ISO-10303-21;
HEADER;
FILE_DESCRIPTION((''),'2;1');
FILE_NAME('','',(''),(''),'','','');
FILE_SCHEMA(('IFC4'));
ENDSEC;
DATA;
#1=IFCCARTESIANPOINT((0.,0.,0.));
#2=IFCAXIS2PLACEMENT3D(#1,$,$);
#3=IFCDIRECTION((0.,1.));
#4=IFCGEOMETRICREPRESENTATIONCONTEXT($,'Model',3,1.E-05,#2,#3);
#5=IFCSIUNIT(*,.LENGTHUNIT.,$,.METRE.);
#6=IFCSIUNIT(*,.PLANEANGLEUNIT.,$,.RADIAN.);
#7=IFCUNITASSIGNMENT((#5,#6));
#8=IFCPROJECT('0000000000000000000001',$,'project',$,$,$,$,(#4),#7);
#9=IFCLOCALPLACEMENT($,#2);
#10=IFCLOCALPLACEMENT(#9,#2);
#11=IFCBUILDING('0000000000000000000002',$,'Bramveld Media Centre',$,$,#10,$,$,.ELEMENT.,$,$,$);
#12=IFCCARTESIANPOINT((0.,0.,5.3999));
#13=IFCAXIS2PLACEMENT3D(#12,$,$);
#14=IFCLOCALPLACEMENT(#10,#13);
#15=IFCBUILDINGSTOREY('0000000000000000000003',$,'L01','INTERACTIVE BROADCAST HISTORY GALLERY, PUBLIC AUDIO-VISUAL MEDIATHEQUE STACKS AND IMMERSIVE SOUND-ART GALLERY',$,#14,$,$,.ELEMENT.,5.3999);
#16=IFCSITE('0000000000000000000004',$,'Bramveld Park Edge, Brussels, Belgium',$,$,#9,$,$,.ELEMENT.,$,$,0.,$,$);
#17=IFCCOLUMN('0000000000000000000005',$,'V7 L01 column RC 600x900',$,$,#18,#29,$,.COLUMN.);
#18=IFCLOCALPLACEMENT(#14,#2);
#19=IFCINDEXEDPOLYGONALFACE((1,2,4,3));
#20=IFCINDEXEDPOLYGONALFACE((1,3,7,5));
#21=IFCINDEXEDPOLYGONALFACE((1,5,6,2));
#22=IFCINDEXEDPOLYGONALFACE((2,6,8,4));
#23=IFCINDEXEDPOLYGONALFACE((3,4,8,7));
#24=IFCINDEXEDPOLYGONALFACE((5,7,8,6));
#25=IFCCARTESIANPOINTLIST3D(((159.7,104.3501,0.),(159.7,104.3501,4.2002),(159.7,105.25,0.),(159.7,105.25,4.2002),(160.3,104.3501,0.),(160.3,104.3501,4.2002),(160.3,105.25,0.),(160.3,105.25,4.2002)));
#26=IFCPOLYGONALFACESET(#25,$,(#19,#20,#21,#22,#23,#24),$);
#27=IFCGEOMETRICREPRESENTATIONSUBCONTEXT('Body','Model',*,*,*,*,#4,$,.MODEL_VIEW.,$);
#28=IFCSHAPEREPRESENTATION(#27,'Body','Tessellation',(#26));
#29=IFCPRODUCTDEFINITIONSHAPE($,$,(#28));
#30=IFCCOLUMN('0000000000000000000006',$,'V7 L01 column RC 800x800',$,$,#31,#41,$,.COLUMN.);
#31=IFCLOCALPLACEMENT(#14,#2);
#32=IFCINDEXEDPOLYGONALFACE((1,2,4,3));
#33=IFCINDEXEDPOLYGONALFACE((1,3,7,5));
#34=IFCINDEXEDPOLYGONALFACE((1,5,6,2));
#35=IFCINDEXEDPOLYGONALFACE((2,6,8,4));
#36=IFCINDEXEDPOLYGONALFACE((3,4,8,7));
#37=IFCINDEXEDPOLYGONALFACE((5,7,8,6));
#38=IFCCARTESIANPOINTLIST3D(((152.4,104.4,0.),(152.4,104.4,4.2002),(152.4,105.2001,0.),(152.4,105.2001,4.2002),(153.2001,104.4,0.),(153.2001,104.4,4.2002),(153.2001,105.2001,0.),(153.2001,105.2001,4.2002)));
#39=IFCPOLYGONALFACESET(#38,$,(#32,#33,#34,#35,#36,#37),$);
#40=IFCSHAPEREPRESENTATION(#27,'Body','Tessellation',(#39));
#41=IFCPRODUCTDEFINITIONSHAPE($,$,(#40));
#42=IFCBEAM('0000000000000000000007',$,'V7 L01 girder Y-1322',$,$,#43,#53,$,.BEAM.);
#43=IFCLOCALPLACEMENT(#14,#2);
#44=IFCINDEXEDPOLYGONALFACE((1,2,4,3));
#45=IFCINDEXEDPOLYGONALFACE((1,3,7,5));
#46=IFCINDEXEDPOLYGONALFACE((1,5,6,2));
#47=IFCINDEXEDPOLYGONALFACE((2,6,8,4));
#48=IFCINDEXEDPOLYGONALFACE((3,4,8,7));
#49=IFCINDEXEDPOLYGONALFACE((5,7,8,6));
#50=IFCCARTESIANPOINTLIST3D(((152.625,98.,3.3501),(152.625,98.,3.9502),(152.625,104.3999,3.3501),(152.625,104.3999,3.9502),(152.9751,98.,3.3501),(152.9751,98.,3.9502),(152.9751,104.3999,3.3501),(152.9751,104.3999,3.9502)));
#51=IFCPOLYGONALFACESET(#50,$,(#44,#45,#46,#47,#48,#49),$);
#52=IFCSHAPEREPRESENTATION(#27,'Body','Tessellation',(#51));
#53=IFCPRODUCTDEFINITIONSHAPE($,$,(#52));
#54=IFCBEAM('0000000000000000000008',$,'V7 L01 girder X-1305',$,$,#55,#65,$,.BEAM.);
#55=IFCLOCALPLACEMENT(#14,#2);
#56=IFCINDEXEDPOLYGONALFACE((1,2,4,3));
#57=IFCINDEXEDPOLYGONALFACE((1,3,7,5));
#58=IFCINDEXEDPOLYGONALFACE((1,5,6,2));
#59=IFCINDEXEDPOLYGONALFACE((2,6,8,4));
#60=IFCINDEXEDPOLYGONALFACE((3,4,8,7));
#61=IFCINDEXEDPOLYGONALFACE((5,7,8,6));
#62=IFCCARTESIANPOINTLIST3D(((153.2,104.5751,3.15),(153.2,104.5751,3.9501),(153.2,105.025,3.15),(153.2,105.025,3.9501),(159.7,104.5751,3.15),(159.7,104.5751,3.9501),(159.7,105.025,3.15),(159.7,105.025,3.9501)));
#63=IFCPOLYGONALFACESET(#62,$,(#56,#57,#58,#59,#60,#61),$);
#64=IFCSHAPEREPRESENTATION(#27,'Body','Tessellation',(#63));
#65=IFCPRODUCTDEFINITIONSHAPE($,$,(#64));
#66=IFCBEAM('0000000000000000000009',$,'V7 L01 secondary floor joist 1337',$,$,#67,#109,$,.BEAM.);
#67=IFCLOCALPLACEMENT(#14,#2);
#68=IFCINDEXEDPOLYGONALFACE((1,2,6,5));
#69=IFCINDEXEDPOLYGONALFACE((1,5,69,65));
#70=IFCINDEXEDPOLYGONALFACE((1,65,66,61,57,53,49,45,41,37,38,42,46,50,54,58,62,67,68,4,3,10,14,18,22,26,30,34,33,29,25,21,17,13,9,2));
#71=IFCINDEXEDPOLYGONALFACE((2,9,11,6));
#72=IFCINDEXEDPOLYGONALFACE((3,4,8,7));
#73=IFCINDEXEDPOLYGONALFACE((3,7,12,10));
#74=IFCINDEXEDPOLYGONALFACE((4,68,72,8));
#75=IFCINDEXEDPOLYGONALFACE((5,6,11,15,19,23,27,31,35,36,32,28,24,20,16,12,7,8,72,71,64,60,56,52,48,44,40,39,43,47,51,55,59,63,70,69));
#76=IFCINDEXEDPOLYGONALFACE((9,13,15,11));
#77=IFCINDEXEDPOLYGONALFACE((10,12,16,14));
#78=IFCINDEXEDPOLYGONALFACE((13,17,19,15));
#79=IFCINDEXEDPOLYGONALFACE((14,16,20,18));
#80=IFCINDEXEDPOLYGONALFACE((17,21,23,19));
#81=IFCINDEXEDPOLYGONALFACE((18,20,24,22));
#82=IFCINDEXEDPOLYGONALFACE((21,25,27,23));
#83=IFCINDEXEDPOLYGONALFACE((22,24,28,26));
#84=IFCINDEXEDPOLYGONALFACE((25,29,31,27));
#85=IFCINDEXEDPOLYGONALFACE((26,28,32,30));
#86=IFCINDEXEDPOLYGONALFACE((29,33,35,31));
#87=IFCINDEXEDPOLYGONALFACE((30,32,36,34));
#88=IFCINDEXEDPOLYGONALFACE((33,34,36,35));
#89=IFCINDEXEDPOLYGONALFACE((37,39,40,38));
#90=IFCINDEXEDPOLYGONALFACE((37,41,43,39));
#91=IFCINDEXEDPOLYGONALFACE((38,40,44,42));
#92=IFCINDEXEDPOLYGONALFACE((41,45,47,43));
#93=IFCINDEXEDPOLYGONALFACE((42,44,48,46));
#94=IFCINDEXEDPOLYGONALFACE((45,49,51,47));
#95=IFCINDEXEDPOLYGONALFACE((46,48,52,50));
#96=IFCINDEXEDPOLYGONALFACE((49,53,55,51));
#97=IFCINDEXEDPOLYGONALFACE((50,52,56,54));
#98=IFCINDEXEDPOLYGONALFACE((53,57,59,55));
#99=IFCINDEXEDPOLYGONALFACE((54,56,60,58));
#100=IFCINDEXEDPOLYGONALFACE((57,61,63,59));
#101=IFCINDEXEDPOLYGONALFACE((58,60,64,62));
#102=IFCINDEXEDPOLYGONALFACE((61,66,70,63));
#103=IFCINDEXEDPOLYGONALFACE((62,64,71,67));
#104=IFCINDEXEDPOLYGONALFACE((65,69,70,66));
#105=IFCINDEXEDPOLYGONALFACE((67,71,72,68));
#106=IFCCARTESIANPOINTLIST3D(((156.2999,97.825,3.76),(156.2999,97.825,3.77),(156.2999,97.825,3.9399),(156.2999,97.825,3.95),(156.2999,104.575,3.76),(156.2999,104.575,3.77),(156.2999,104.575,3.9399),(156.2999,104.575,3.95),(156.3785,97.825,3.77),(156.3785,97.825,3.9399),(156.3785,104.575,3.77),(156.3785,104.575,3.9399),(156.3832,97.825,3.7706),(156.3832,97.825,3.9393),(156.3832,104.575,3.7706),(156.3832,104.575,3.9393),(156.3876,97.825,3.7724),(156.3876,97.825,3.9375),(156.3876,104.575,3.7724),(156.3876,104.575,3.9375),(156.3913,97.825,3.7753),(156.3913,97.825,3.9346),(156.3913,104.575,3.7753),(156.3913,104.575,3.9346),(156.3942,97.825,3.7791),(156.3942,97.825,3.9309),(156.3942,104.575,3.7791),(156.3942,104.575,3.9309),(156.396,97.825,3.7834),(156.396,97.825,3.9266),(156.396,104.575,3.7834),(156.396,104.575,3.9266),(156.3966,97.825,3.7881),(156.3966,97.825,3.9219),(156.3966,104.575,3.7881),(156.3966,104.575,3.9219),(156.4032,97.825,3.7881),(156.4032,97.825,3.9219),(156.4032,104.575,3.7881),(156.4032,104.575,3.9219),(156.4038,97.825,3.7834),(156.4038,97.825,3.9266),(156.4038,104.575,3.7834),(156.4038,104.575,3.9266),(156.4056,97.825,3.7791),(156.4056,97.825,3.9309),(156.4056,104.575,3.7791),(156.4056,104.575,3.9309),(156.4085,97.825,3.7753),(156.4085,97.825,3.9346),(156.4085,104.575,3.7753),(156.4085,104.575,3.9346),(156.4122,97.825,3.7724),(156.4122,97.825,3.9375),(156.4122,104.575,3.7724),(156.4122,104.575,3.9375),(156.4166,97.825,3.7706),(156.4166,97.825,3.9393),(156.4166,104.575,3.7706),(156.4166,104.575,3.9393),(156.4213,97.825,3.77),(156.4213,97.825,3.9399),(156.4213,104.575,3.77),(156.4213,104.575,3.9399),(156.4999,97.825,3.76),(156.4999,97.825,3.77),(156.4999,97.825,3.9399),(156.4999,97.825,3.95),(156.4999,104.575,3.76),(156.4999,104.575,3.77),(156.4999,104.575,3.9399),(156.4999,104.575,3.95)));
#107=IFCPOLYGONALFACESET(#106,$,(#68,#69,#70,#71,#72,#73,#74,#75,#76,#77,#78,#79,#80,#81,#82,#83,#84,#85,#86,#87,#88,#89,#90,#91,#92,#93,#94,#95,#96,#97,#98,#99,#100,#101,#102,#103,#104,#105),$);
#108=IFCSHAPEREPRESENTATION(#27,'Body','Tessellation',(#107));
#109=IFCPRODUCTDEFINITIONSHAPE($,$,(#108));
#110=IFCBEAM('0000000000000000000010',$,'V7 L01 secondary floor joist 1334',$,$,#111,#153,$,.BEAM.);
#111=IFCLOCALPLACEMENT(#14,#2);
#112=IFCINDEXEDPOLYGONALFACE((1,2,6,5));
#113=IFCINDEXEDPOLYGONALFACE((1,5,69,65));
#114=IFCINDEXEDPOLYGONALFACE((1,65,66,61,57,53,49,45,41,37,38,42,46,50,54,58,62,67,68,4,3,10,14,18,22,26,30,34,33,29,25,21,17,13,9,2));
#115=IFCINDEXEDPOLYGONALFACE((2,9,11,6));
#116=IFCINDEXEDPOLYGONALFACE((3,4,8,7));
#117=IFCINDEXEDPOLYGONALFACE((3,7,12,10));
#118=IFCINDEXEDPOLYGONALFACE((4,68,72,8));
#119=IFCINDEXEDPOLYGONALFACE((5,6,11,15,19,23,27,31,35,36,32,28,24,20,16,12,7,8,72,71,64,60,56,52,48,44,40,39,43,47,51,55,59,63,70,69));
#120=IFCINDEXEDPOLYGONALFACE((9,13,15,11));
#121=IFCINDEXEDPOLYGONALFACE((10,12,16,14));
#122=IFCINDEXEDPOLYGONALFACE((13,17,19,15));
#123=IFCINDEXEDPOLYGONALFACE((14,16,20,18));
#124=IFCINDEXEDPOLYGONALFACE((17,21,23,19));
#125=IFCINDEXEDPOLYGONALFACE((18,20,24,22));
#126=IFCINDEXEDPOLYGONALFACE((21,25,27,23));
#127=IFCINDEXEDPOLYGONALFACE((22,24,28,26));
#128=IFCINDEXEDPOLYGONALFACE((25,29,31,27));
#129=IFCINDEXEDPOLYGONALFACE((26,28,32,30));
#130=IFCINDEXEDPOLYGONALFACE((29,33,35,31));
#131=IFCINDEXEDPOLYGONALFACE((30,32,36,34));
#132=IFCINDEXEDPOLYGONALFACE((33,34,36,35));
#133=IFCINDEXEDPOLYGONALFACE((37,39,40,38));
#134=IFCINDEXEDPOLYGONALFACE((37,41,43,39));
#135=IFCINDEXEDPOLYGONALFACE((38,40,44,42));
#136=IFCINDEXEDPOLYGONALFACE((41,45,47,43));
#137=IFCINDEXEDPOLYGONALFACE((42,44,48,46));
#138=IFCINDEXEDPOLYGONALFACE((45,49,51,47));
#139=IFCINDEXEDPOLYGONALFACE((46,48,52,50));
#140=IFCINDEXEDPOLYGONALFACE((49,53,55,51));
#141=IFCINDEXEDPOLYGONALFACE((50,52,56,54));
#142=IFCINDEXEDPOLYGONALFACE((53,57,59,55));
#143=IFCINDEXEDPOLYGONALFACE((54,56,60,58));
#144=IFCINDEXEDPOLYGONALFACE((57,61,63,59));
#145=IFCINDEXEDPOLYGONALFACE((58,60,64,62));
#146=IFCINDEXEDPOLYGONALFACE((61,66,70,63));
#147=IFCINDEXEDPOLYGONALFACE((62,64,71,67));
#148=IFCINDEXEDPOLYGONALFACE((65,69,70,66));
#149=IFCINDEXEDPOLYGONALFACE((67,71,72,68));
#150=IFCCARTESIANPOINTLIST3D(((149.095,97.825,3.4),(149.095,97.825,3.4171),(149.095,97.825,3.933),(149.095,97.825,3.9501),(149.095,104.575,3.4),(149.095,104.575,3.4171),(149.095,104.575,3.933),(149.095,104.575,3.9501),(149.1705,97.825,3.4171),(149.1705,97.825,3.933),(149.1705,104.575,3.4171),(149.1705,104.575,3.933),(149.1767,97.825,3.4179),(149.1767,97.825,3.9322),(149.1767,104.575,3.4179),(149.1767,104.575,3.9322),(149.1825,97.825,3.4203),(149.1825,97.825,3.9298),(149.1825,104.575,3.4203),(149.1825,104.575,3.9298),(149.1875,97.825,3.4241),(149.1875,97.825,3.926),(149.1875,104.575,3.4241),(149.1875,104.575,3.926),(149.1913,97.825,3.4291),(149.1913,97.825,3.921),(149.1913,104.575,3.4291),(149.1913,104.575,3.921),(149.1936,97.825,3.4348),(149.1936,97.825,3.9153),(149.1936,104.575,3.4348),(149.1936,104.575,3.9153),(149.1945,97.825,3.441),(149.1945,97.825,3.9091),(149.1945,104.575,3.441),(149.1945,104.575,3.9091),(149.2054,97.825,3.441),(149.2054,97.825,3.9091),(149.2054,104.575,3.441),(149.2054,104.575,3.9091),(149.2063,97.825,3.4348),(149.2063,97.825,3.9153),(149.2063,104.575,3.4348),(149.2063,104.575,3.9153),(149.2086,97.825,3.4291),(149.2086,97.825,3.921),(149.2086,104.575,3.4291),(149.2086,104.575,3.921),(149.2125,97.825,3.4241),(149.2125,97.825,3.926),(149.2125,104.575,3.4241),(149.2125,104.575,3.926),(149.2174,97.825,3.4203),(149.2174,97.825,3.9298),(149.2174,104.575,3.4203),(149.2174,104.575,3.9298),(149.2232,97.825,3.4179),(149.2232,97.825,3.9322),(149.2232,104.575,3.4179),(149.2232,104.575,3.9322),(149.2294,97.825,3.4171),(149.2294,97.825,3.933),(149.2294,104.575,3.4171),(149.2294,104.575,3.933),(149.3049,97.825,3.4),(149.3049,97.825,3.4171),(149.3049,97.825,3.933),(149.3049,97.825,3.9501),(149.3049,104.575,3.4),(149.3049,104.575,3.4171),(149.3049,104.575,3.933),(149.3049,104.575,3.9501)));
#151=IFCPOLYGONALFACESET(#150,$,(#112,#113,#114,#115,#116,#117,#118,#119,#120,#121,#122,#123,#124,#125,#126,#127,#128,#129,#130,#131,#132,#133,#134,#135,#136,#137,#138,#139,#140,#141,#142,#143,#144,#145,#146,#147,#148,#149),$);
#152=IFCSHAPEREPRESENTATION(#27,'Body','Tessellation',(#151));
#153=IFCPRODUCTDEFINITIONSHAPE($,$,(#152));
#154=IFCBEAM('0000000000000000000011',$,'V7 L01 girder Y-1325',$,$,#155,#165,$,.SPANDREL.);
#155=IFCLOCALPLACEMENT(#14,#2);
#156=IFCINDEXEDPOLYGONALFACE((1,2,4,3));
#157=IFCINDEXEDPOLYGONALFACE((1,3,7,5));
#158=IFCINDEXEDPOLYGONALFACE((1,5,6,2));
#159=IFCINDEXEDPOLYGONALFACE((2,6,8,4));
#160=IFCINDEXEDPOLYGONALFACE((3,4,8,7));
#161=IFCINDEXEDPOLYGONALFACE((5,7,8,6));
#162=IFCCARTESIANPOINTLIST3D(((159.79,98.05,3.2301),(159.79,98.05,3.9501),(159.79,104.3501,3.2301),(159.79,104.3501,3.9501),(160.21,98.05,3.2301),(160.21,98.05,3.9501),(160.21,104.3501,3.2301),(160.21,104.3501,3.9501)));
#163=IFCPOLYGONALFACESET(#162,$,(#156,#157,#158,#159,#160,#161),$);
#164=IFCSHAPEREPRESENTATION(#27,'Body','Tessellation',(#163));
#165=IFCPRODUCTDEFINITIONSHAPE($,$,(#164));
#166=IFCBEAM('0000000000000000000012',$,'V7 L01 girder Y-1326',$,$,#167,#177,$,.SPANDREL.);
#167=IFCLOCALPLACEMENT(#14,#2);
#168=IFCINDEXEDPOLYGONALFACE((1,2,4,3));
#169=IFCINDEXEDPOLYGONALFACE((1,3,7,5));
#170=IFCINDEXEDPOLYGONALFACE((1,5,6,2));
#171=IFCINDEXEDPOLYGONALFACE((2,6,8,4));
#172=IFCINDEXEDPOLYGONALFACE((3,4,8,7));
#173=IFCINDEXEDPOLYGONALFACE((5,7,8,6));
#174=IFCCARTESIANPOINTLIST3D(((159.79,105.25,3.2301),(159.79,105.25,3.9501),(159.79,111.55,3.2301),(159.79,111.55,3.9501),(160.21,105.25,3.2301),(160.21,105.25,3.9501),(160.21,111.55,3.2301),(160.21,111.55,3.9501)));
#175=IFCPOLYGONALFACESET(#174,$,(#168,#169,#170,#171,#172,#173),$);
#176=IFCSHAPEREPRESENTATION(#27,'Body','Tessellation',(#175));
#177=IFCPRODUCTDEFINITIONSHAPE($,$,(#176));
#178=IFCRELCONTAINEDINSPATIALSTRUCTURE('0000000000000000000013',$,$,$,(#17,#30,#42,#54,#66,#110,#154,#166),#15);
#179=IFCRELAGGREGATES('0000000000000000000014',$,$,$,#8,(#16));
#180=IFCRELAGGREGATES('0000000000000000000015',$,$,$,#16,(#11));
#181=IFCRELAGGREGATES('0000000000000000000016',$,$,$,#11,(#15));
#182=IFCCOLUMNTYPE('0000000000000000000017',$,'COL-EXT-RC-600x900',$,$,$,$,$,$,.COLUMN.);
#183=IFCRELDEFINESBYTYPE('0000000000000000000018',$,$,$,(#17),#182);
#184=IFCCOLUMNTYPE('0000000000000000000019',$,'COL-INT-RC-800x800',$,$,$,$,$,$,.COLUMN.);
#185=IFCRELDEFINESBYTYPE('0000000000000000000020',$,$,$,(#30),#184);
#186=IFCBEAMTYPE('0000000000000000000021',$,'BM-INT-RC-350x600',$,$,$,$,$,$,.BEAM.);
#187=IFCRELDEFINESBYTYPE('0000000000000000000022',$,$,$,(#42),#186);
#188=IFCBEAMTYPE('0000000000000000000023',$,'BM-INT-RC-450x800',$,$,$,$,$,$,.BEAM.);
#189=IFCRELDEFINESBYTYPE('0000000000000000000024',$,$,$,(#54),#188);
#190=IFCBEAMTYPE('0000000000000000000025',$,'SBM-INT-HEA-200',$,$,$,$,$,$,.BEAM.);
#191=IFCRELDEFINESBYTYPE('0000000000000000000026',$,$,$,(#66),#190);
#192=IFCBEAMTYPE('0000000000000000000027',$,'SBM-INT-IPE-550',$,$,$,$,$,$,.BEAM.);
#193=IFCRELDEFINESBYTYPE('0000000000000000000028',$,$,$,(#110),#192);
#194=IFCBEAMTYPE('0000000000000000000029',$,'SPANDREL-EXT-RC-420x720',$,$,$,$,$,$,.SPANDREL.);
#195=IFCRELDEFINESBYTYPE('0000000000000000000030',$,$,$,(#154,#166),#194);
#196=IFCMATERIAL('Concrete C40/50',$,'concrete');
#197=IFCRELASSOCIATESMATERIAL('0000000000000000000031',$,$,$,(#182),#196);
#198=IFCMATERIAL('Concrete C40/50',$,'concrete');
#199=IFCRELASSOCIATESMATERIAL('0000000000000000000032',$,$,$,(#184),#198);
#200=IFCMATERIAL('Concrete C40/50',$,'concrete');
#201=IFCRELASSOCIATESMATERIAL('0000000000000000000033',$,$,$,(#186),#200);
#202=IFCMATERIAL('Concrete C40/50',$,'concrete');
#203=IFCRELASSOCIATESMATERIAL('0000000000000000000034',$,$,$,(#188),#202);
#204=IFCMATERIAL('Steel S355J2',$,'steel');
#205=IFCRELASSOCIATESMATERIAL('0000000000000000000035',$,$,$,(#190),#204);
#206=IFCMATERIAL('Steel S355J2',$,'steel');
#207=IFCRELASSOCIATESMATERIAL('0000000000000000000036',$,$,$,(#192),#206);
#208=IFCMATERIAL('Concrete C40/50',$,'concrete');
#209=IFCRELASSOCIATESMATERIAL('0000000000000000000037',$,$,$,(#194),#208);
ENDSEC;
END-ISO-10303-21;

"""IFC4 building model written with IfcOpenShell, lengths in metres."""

from ifc_helpers import new_model, si_unit, direction, frame, origin, origin_2d, place, context, subcontext, project, spatial, rectangle, i_section, extrude, material, material_profile, profile_set, type_object, element, save


model = new_model("IFC4")

# Units and contexts
model_context = context("Model", 3, precision=1e-05, world=origin(), true_north=direction((0.0, 1.0)))
body_context = subcontext(model_context, "Body", "Model", "MODEL_VIEW")
ifc_project = project(units=[si_unit("LENGTHUNIT", "METRE"), si_unit("PLANEANGLEUNIT", "RADIAN")], contexts=[model_context])

# Site, building, storey
site_placement = place(None, origin())
site = spatial("IfcSite", under=ifc_project, at=site_placement, Name="Bramveld Park Edge, Brussels, Belgium", CompositionType="ELEMENT", RefElevation=0.0)
building_placement = place(site_placement, origin())
building = spatial("IfcBuilding", under=site, at=building_placement, Name="Bramveld Media Centre", CompositionType="ELEMENT")
storey_placement = place(building_placement, frame((0.0, 0.0, 5.3999)))
storey = spatial("IfcBuildingStorey", under=building, at=storey_placement, Name="L01", Description="INTERACTIVE BROADCAST HISTORY GALLERY, PUBLIC AUDIO-VISUAL MEDIATHEQUE STACKS AND IMMERSIVE SOUND-ART GALLERY", CompositionType="ELEMENT", Elevation=5.3999)

# Columns
ifc_material_1 = material(Name="Concrete C40/50", Category="concrete")
ifc_material_profile_1 = material_profile(ifc_material_1, rectangle(XDim=0.6001, YDim=0.8999, at=origin_2d()), Name="RC 600x900")
ifc_profile_set_1 = profile_set([ifc_material_profile_1], Name="Concrete C40/50")
column_type_1 = type_object("IfcColumnType", Name="COL-EXT-RC-600x900", PredefinedType="COLUMN", material=ifc_profile_set_1)
column_1_placement = place(storey_placement, frame((160.0, 104.8, 0.0), z_axis=(0.0, 0.0, 1.0), x_axis=(1.0, 0.0, 0.0)))
element("IfcColumn", 1, at=column_1_placement, inside=storey, type_object=column_type_1, Name="V7 L01 column RC 600x900", PredefinedType="COLUMN", context=body_context, shape_type="SweptSolid", body=[
    extrude(rectangle(XDim=0.6001, YDim=0.8999, at=origin_2d()), origin(), (0.0, 0.0, 1.0), 4.2002),
])
ifc_material_2 = material(Name="Concrete C40/50", Category="concrete")
ifc_material_profile_2 = material_profile(ifc_material_2, rectangle(XDim=0.8, YDim=0.8, at=origin_2d()), Name="RC 800x800")
ifc_profile_set_2 = profile_set([ifc_material_profile_2], Name="Concrete C40/50")
column_type_2 = type_object("IfcColumnType", Name="COL-INT-RC-800x800", PredefinedType="COLUMN", material=ifc_profile_set_2)
column_2_placement = place(storey_placement, frame((152.8, 104.8, 0.0), z_axis=(0.0, 0.0, 1.0), x_axis=(1.0, 0.0, 0.0)))
element("IfcColumn", 2, at=column_2_placement, inside=storey, type_object=column_type_2, Name="V7 L01 column RC 800x800", PredefinedType="COLUMN", context=body_context, shape_type="SweptSolid", body=[
    extrude(rectangle(XDim=0.8, YDim=0.8, at=origin_2d()), origin(), (0.0, 0.0, 1.0), 4.2002),
])

# Beams
ifc_material_3 = material(Name="Concrete C40/50", Category="concrete")
ifc_material_profile_3 = material_profile(ifc_material_3, rectangle(XDim=0.3501, YDim=0.6001, at=origin_2d()), Name="RC 350x600")
ifc_profile_set_3 = profile_set([ifc_material_profile_3], Name="Concrete C40/50")
beam_type_1 = type_object("IfcBeamType", Name="BM-INT-RC-350x600", PredefinedType="BEAM", material=ifc_profile_set_3)
beam_1_placement = place(storey_placement, frame((152.8, 98.0, 3.6501), z_axis=(0.0, 1.0, 0.0), x_axis=(-1.0, 0.0, 0.0)))
element("IfcBeam", 3, at=beam_1_placement, inside=storey, type_object=beam_type_1, Name="V7 L01 girder Y-1322", PredefinedType="BEAM", context=body_context, shape_type="SweptSolid", body=[
    extrude(rectangle(XDim=0.3501, YDim=0.6001, at=origin_2d()), origin(), (0.0, 0.0, 1.0), 6.3999),
])
ifc_material_4 = material(Name="Concrete C40/50", Category="concrete")
ifc_material_profile_4 = material_profile(ifc_material_4, rectangle(XDim=0.45, YDim=0.8, at=origin_2d()), Name="RC 450x800")
ifc_profile_set_4 = profile_set([ifc_material_profile_4], Name="Concrete C40/50")
beam_type_2 = type_object("IfcBeamType", Name="BM-INT-RC-450x800", PredefinedType="BEAM", material=ifc_profile_set_4)
beam_2_placement = place(storey_placement, frame((153.2, 104.8, 3.55), z_axis=(1.0, 0.0, 0.0), x_axis=(0.0, 1.0, 0.0)))
element("IfcBeam", 4, at=beam_2_placement, inside=storey, type_object=beam_type_2, Name="V7 L01 girder X-1305", PredefinedType="BEAM", context=body_context, shape_type="SweptSolid", body=[
    extrude(rectangle(XDim=0.45, YDim=0.8, at=origin_2d()), origin(), (0.0, 0.0, 1.0), 6.5),
])
ifc_material_5 = material(Name="Steel S355J2", Category="steel")
ifc_material_profile_5 = material_profile(ifc_material_5, i_section(OverallWidth=0.2, OverallDepth=0.1899, WebThickness=0.0066, FlangeThickness=0.01, FilletRadius=0.0181, at=origin_2d()), Name="HEA 200")
ifc_profile_set_5 = profile_set([ifc_material_profile_5], Name="Steel S355J2")
beam_type_3 = type_object("IfcBeamType", Name="SBM-INT-HEA-200", PredefinedType="BEAM", material=ifc_profile_set_5)
beam_3_placement = place(storey_placement, frame((156.3999, 97.825, 3.855), z_axis=(0.0, 1.0, 0.0), x_axis=(-1.0, 0.0, 0.0)))
element("IfcBeam", 5, at=beam_3_placement, inside=storey, type_object=beam_type_3, Name="V7 L01 secondary floor joist 1337", PredefinedType="BEAM", context=body_context, shape_type="SweptSolid", body=[
    extrude(i_section(OverallWidth=0.2, OverallDepth=0.1899, WebThickness=0.0066, FlangeThickness=0.01, FilletRadius=0.0181, at=origin_2d()), origin(), (0.0, 0.0, 1.0), 6.75),
])
ifc_material_6 = material(Name="Steel S355J2", Category="steel")
ifc_material_profile_6 = material_profile(ifc_material_6, i_section(OverallWidth=0.21, OverallDepth=0.55, WebThickness=0.011, FlangeThickness=0.0171, FilletRadius=0.0239, at=origin_2d()), Name="IPE 550")
ifc_profile_set_6 = profile_set([ifc_material_profile_6], Name="Steel S355J2")
beam_type_4 = type_object("IfcBeamType", Name="SBM-INT-IPE-550", PredefinedType="BEAM", material=ifc_profile_set_6)
beam_4_placement = place(storey_placement, frame((149.2, 97.825, 3.675), z_axis=(0.0, 1.0, 0.0), x_axis=(-1.0, 0.0, 0.0)))
element("IfcBeam", 6, at=beam_4_placement, inside=storey, type_object=beam_type_4, Name="V7 L01 secondary floor joist 1334", PredefinedType="BEAM", context=body_context, shape_type="SweptSolid", body=[
    extrude(i_section(OverallWidth=0.21, OverallDepth=0.55, WebThickness=0.011, FlangeThickness=0.0171, FilletRadius=0.0239, at=origin_2d()), origin(), (0.0, 0.0, 1.0), 6.75),
])
ifc_material_7 = material(Name="Concrete C40/50", Category="concrete")
ifc_material_profile_7 = material_profile(ifc_material_7, rectangle(XDim=0.4199, YDim=0.72, at=origin_2d()), Name="RC 420x720")
ifc_profile_set_7 = profile_set([ifc_material_profile_7], Name="Concrete C40/50")
beam_type_5 = type_object("IfcBeamType", Name="SPANDREL-EXT-RC-420x720", PredefinedType="SPANDREL", material=ifc_profile_set_7)
for number, where, z_axis, x_axis, name in (
    (7, (160.0, 98.05, 3.5901), (0.0, 1.0, 0.0), (-1.0, 0.0, 0.0), "V7 L01 girder Y-1325"),
    (8, (160.0, 105.25, 3.5901), (0.0, 1.0, 0.0), (-1.0, 0.0, 0.0), "V7 L01 girder Y-1326"),
):
    element("IfcBeam", number, at=place(storey_placement, frame(where, z_axis=z_axis, x_axis=x_axis)), inside=storey, type_object=beam_type_5, Name=name, PredefinedType="SPANDREL", context=body_context, shape_type="SweptSolid", body=[
        extrude(rectangle(XDim=0.4199, YDim=0.72, at=origin_2d()), origin(), (0.0, 0.0, 1.0), 6.3),
    ])

save(model, "model.ifc")
